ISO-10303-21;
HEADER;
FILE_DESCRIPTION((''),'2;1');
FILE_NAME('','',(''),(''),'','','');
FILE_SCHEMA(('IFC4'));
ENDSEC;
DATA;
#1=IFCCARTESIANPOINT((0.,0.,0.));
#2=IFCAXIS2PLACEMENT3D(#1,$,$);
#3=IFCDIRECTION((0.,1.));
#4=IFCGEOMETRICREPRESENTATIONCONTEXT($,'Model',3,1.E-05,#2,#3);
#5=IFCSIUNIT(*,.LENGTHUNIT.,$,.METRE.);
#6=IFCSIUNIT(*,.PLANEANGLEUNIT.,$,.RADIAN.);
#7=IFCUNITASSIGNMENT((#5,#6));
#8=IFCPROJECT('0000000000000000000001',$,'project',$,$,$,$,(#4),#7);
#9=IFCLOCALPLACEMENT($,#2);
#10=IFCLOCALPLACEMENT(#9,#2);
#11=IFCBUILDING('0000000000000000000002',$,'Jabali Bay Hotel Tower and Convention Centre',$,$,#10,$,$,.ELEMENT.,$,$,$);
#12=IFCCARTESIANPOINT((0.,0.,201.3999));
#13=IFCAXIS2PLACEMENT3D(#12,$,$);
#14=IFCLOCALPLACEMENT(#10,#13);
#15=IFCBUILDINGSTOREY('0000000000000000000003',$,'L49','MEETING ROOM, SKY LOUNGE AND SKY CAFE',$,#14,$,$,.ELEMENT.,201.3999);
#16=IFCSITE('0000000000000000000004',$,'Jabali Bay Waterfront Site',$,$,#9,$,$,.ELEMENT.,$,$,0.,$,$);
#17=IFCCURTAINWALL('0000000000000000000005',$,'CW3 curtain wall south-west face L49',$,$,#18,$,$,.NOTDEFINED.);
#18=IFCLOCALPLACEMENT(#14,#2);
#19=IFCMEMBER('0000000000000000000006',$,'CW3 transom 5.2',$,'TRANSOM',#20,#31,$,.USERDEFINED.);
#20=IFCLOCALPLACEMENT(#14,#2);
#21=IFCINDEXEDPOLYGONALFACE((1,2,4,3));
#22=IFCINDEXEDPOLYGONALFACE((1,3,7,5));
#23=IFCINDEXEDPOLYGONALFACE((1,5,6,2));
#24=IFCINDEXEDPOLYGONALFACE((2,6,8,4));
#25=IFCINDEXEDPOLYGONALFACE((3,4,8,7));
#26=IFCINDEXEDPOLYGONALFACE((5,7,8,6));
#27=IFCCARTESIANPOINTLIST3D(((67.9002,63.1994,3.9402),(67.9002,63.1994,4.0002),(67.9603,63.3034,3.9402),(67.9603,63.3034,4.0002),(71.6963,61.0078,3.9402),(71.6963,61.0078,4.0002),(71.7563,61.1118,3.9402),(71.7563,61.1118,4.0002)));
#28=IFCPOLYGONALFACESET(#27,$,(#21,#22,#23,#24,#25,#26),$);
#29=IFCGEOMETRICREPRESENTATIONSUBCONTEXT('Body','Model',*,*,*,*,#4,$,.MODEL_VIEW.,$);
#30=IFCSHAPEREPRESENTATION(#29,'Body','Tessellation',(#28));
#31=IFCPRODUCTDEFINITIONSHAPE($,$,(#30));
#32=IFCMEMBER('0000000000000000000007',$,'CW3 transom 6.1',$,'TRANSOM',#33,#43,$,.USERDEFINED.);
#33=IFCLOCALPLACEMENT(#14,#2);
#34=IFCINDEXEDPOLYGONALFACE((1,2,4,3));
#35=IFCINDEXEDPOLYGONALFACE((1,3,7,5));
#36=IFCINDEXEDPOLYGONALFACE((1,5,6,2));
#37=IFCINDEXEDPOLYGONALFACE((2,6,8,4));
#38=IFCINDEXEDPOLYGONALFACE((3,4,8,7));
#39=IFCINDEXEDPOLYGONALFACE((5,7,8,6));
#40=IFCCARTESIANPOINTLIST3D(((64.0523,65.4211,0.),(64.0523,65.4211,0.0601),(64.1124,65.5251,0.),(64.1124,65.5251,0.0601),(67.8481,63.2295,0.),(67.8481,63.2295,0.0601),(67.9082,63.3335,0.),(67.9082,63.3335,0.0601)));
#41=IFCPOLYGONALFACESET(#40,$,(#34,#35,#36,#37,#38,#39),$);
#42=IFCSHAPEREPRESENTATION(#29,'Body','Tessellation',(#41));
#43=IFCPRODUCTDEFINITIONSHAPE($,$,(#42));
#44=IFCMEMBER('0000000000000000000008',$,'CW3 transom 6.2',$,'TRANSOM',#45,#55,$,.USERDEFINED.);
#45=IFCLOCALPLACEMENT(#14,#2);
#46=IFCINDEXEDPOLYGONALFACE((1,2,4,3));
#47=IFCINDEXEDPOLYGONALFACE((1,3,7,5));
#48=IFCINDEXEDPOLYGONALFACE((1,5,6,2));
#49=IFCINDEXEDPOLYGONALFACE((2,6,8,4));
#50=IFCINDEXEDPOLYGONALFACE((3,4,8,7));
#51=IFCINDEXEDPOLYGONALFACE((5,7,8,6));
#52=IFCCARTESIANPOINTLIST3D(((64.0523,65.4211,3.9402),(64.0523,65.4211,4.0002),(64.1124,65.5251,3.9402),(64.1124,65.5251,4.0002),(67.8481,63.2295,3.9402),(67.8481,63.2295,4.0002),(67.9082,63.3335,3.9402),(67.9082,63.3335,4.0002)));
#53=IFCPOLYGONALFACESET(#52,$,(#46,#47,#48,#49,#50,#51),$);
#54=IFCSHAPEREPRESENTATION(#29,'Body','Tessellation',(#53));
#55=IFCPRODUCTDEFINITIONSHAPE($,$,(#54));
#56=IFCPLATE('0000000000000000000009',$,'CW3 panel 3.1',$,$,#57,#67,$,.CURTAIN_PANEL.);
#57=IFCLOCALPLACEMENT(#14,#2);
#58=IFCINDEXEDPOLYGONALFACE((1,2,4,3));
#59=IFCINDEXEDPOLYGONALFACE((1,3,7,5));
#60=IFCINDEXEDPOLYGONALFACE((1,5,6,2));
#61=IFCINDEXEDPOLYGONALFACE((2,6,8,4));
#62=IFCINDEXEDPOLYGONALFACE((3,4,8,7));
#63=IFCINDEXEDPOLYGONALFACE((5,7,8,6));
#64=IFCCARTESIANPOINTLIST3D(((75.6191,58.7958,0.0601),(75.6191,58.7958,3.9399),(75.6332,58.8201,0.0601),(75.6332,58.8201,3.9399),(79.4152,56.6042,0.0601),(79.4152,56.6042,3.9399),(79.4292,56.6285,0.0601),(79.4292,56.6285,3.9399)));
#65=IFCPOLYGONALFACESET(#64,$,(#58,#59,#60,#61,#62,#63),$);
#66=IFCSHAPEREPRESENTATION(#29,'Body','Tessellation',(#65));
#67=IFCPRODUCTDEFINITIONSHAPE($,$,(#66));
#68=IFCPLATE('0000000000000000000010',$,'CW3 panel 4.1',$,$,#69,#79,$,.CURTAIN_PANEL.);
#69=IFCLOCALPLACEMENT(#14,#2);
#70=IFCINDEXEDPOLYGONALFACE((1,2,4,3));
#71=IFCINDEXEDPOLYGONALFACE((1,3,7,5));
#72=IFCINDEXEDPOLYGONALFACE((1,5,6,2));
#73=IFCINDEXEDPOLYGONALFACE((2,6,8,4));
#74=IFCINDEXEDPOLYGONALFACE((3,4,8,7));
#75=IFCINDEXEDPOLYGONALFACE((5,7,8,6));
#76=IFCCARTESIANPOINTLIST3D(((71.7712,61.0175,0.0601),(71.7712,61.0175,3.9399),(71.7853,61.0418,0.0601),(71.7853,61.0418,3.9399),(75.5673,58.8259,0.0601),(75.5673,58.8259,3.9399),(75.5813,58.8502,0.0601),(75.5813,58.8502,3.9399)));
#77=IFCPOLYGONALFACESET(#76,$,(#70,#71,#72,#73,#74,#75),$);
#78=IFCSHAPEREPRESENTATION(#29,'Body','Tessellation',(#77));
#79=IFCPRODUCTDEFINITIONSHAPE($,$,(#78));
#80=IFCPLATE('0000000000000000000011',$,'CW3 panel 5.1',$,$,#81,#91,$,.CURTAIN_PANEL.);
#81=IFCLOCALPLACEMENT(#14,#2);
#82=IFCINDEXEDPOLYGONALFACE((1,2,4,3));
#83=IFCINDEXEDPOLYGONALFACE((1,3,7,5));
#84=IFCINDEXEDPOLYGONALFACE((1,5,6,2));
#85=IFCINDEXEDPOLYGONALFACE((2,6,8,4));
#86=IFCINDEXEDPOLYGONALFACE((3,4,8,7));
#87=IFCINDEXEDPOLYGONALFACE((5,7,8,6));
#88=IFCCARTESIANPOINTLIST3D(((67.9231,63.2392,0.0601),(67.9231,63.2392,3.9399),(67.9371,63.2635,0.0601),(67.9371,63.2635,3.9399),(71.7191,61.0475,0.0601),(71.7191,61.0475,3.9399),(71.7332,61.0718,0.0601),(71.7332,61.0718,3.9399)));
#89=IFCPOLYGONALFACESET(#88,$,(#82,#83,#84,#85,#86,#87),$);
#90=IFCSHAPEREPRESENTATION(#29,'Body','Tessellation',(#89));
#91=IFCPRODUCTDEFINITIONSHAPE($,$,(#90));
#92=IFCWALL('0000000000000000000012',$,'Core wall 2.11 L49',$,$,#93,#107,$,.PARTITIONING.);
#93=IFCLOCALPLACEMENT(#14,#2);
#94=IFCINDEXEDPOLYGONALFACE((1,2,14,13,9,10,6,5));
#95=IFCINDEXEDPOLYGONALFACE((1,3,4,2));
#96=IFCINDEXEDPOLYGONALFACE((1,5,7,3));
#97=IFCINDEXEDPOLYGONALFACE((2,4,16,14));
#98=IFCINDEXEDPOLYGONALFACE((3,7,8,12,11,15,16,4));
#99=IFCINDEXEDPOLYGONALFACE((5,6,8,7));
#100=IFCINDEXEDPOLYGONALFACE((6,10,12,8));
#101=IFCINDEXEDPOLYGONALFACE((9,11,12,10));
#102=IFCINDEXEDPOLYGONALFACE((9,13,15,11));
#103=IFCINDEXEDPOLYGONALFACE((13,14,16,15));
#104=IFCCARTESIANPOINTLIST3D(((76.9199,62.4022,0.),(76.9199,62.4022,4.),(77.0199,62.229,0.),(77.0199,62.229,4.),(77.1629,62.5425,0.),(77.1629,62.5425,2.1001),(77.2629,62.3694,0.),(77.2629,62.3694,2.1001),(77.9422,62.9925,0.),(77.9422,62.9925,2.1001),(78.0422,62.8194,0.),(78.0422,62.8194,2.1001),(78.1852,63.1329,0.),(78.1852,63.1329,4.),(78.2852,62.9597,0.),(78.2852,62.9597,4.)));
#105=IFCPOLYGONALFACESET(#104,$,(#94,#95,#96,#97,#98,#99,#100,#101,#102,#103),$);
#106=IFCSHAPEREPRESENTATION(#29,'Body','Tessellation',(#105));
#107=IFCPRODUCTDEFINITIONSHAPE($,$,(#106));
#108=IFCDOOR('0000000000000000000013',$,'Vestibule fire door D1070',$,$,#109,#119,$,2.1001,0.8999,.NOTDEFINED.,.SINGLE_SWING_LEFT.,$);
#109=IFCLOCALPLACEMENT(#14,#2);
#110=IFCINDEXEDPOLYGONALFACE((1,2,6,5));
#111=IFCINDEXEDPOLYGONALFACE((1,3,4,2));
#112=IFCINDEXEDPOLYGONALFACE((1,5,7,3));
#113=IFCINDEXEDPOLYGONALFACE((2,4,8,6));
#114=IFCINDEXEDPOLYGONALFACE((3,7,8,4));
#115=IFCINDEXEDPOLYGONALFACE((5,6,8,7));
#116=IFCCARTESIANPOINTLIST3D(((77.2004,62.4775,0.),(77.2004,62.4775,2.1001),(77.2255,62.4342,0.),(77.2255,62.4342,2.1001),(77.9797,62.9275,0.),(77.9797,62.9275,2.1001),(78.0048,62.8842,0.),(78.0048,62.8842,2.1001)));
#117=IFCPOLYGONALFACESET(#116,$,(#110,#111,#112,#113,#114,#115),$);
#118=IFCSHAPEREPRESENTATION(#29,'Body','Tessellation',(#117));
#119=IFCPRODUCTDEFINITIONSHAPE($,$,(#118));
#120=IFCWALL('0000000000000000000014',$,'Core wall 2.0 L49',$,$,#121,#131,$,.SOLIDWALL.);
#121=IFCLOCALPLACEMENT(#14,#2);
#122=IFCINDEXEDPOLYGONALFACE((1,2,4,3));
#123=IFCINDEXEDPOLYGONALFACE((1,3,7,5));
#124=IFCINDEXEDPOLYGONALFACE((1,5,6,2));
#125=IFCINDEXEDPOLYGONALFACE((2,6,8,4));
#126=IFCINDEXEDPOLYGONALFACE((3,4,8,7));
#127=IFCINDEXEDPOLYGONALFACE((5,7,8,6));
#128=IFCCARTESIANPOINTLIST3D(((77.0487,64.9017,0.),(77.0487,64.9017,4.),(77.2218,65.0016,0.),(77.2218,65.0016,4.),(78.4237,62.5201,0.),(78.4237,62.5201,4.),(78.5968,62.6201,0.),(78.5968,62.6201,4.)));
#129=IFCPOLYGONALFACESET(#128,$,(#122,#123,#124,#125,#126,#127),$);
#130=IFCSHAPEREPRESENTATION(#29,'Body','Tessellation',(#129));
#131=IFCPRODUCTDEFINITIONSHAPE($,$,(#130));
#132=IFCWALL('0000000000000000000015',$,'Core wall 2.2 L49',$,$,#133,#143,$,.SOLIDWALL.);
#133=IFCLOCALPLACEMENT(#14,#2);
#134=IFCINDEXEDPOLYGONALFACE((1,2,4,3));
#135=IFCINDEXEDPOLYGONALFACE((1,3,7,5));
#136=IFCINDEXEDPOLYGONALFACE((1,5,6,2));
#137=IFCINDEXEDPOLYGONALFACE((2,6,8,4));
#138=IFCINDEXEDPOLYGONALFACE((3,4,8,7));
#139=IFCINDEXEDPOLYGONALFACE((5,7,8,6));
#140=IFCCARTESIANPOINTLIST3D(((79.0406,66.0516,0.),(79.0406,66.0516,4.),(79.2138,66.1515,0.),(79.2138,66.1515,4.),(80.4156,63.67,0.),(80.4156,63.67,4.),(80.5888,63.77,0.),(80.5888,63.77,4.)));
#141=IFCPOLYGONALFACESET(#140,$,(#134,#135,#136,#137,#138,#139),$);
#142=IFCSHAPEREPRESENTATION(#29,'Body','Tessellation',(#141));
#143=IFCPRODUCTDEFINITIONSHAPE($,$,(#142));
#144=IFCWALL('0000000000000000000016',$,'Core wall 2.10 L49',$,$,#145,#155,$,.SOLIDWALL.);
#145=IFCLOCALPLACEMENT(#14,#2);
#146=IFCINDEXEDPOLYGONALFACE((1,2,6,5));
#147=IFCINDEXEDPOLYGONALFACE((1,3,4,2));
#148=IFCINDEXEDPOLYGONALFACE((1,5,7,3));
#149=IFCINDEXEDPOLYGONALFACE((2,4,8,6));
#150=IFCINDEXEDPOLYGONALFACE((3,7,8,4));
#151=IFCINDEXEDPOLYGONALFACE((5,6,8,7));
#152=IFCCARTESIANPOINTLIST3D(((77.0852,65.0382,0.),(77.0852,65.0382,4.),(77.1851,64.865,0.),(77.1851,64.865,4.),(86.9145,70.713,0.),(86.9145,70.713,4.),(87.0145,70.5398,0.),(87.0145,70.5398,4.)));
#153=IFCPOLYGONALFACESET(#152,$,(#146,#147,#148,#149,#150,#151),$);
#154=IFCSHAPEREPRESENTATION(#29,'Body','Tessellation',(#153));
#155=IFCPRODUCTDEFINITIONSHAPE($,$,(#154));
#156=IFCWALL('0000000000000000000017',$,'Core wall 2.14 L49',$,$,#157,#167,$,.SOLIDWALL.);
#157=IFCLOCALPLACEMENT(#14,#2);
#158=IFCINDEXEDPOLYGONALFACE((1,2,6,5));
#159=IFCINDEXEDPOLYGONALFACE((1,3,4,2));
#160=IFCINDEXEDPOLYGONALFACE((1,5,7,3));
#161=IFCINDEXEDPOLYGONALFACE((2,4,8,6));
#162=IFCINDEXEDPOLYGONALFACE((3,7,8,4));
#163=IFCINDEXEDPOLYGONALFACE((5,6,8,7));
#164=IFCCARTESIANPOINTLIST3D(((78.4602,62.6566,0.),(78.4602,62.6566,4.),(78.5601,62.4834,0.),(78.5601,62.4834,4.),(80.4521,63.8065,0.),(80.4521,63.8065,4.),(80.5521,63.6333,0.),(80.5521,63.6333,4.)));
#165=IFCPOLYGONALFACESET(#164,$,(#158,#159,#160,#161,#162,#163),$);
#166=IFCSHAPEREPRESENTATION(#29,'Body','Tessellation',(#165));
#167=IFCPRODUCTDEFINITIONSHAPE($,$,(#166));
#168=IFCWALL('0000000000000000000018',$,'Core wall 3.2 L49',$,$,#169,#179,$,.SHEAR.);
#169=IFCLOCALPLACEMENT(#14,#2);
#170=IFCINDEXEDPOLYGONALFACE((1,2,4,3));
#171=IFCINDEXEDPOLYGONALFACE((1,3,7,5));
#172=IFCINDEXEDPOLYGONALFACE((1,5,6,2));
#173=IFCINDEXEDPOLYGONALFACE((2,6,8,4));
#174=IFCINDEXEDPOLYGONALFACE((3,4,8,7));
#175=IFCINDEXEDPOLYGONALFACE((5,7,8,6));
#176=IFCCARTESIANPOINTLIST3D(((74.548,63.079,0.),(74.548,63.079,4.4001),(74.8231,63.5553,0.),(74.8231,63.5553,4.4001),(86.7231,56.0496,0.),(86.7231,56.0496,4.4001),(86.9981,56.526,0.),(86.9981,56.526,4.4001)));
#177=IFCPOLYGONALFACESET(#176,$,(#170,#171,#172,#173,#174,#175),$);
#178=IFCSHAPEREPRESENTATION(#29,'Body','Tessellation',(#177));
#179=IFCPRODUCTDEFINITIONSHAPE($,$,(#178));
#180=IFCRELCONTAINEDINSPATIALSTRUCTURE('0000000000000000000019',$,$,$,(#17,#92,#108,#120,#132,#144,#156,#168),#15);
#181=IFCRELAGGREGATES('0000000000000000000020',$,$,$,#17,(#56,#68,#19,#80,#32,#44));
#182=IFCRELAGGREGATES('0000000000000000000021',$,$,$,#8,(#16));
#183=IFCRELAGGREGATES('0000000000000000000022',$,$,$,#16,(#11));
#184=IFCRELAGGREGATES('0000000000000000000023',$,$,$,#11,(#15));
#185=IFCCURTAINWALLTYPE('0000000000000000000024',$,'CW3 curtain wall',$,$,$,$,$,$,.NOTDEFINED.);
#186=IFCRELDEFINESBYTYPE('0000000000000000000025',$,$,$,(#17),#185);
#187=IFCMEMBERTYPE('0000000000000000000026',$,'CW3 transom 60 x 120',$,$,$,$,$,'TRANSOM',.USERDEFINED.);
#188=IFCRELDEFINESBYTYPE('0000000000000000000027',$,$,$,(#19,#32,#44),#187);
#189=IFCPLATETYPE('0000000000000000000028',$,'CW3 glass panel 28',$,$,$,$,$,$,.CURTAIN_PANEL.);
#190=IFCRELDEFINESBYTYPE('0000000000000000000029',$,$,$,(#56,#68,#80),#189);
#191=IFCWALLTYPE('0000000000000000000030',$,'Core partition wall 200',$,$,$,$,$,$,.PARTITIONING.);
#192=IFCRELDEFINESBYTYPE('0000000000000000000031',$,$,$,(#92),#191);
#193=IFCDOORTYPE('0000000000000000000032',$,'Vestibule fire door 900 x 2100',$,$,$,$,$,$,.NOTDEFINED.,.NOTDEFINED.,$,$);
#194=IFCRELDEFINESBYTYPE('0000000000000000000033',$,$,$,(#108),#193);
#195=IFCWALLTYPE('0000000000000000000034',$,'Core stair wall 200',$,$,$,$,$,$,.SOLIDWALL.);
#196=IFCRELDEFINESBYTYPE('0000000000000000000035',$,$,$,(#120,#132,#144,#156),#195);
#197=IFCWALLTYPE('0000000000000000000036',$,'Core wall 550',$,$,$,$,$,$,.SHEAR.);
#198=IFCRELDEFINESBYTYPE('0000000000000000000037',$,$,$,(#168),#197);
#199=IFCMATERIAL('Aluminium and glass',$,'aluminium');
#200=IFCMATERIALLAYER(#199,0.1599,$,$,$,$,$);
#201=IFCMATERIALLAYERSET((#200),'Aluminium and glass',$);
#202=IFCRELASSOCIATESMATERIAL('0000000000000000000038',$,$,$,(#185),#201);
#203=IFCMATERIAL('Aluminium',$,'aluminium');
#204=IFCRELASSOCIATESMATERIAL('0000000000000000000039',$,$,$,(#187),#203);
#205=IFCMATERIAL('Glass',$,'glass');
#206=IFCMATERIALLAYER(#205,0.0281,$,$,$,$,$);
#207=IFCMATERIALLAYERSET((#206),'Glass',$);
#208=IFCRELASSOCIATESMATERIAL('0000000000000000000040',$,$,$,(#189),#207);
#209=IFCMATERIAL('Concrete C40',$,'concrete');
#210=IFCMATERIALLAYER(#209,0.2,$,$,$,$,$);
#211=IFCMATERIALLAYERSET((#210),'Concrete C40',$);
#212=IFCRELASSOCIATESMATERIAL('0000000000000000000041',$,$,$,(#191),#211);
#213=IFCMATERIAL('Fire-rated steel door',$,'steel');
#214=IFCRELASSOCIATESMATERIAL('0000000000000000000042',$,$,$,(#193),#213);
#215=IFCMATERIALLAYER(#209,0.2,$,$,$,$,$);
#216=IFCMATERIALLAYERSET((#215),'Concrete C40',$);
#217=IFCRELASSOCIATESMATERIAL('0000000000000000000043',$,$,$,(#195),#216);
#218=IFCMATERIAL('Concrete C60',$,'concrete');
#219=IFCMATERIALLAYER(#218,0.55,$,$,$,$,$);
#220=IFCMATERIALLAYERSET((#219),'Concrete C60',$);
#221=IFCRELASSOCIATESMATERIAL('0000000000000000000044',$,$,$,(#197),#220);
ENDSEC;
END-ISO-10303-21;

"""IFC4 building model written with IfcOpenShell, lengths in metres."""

from ifc_helpers import new_model, si_unit, direction, frame, frame_2d, origin, origin_2d, place, context, subcontext, project, spatial, rectangle, extrude, material, layer, layer_set, material_profile, profile_set, type_object, element, fill, aggregate, save


model = new_model("IFC4")

# Units and contexts
model_context = context("Model", 3, precision=1e-05, world=origin(), true_north=direction((0.0, 1.0)))
body_context = subcontext(model_context, "Body", "Model", "MODEL_VIEW")
ifc_project = project(units=[si_unit("LENGTHUNIT", "METRE"), si_unit("PLANEANGLEUNIT", "RADIAN")], contexts=[model_context])

# Site, building, storey
site_placement = place(None, origin())
site = spatial("IfcSite", under=ifc_project, at=site_placement, Name="Jabali Bay Waterfront Site", CompositionType="ELEMENT", RefElevation=0.0)
building_placement = place(site_placement, origin())
building = spatial("IfcBuilding", under=site, at=building_placement, Name="Jabali Bay Hotel Tower and Convention Centre", CompositionType="ELEMENT")
storey_placement = place(building_placement, frame((0.0, 0.0, 201.3999)))
storey = spatial("IfcBuildingStorey", under=building, at=storey_placement, Name="L49", Description="MEETING ROOM, SKY LOUNGE AND SKY CAFE", CompositionType="ELEMENT", Elevation=201.3999)

# Shared definitions
ifc_material_1 = material(Name="Concrete C60", Category="concrete")

# Curtain wall, members, plates
ifc_material_2 = material(Name="Aluminium and glass", Category="aluminium")
ifc_layer_1 = layer(ifc_material_2, 0.1599)
ifc_layer_set_1 = layer_set([ifc_layer_1], Name="Aluminium and glass")
curtain_wall_type = type_object("IfcCurtainWallType", Name="CW3 curtain wall", PredefinedType="NOTDEFINED", material=ifc_layer_set_1)
curtain_wall_placement = place(storey_placement, origin())
curtain_wall = element("IfcCurtainWall", 1, at=curtain_wall_placement, inside=storey, type_object=curtain_wall_type, Name="CW3 curtain wall south-west face L49", PredefinedType="NOTDEFINED")
ifc_material_3 = material(Name="Aluminium", Category="aluminium")
ifc_material_profile_1 = material_profile(ifc_material_3, rectangle(XDim=0.1201, YDim=0.0601, at=origin_2d()), Name="CW3 transom 60 x 120")
ifc_profile_set_1 = profile_set([ifc_material_profile_1], Name="Aluminium")
member_type_1 = type_object("IfcMemberType", Name="CW3 transom 60 x 120", ElementType="TRANSOM", PredefinedType="USERDEFINED", material=ifc_profile_set_1)
member_1_placement = place(storey_placement, frame((71.7263, 61.0598, 3.9702), z_axis=(-0.866031, 0.499991, 0.0), x_axis=(-0.499991, -0.866031, 0.0)))
member_1 = element("IfcMember", 2, at=member_1_placement, type_object=member_type_1, Name="CW3 transom 5.2", ObjectType="TRANSOM", PredefinedType="USERDEFINED", context=body_context, shape_type="SweptSolid", body=[
    extrude(rectangle(XDim=0.1201, YDim=0.0601, at=origin_2d()), origin(), (0.0, 0.0, 1.0), 4.3833),
])
member_2_placement = place(storey_placement, frame((67.8782, 63.2815, 0.03), z_axis=(-0.866017, 0.500015, 0.0), x_axis=(-0.500015, -0.866017, 0.0)))
member_2 = element("IfcMember", 3, at=member_2_placement, type_object=member_type_1, Name="CW3 transom 6.1", ObjectType="TRANSOM", PredefinedType="USERDEFINED", context=body_context, shape_type="SweptSolid", body=[
    extrude(rectangle(XDim=0.1201, YDim=0.0601, at=origin_2d()), origin(), (0.0, 0.0, 1.0), 4.3831),
])
member_3_placement = place(storey_placement, frame((67.8782, 63.2815, 3.9702), z_axis=(-0.866017, 0.500015, 0.0), x_axis=(-0.500015, -0.866017, 0.0)))
member_3 = element("IfcMember", 4, at=member_3_placement, type_object=member_type_1, Name="CW3 transom 6.2", ObjectType="TRANSOM", PredefinedType="USERDEFINED", context=body_context, shape_type="SweptSolid", body=[
    extrude(rectangle(XDim=0.1201, YDim=0.0601, at=origin_2d()), origin(), (0.0, 0.0, 1.0), 4.3831),
])
ifc_material_4 = material(Name="Glass", Category="glass")
ifc_layer_2 = layer(ifc_material_4, 0.0281)
ifc_layer_set_2 = layer_set([ifc_layer_2], Name="Glass")
plate_type = type_object("IfcPlateType", Name="CW3 glass panel 28", PredefinedType="CURTAIN_PANEL", material=ifc_layer_set_2)
plate_1_placement = place(storey_placement, frame((77.5242, 57.7122, 0.0601), z_axis=(0.0, 0.0, 1.0), x_axis=(-0.866025, 0.5, 0.0)))
plate_1 = element("IfcPlate", 5, at=plate_1_placement, type_object=plate_type, Name="CW3 panel 3.1", PredefinedType="CURTAIN_PANEL", context=body_context, shape_type="SweptSolid", body=[
    extrude(rectangle(XDim=4.3833, YDim=0.0281, at=origin_2d()), origin(), (0.0, 0.0, 1.0), 3.8799),
])
plate_2_placement = place(storey_placement, frame((73.6763, 59.9338, 0.0601), z_axis=(0.0, 0.0, 1.0), x_axis=(-0.866025, 0.5, 0.0)))
plate_2 = element("IfcPlate", 6, at=plate_2_placement, type_object=plate_type, Name="CW3 panel 4.1", PredefinedType="CURTAIN_PANEL", context=body_context, shape_type="SweptSolid", body=[
    extrude(rectangle(XDim=4.3833, YDim=0.0281, at=origin_2d()), origin(), (0.0, 0.0, 1.0), 3.8799),
])
plate_3_placement = place(storey_placement, frame((69.8281, 62.1555, 0.0601), z_axis=(0.0, 0.0, 1.0), x_axis=(-0.866025, 0.5, 0.0)))
plate_3 = element("IfcPlate", 7, at=plate_3_placement, type_object=plate_type, Name="CW3 panel 5.1", PredefinedType="CURTAIN_PANEL", context=body_context, shape_type="SweptSolid", body=[
    extrude(rectangle(XDim=4.3833, YDim=0.0281, at=origin_2d()), origin(), (0.0, 0.0, 1.0), 3.8799),
])
aggregate(curtain_wall, [plate_1, plate_2, member_1, plate_3, member_2, member_3])

# Wall, opening, door
ifc_material_5 = material(Name="Concrete C40", Category="concrete")
ifc_layer_3 = layer(ifc_material_5, 0.2)
ifc_layer_set_3 = layer_set([ifc_layer_3], Name="Concrete C40")
wall_type_1 = type_object("IfcWallType", Name="Core partition wall 200", PredefinedType="PARTITIONING", material=ifc_layer_set_3)
wall_1_placement = place(storey_placement, frame((76.97, 62.3157, 0.0), z_axis=(0.0, 0.0, 1.0), x_axis=(0.865982, 0.500074, 0.0)))
wall_1 = element("IfcWall", 8, at=wall_1_placement, inside=storey, type_object=wall_type_1, Name="Core wall 2.11 L49", PredefinedType="PARTITIONING", context=body_context, shape_type="SweptSolid", body=[
    extrude(rectangle(XDim=1.4612, YDim=0.2, at=frame_2d((0.7305, 0.0))), origin(), (0.0, 0.0, 1.0), 4.0),
])
opening_1_placement = place(wall_1_placement, frame((0.2805, 0.0, 0.0)))
opening_1 = element("IfcOpeningElement", 9, at=opening_1_placement, cuts=wall_1, PredefinedType="OPENING", context=body_context, shape_type="SweptSolid", body=[
    extrude(rectangle(XDim=0.8999, YDim=2.1001, at=frame_2d((0.45, 1.05))), frame((0.0, 0.1104, 0.0), z_axis=(0.0, -1.0, 0.0), x_axis=(1.0, 0.0, 0.0)), (0.0, 0.0, 1.0), 0.2209),
])
ifc_material_6 = material(Name="Fire-rated steel door", Category="steel")
door_type_1 = type_object("IfcDoorType", Name="Vestibule fire door 900 x 2100", OperationType="NOTDEFINED", PredefinedType="NOTDEFINED", material=ifc_material_6)
door_1_placement = place(opening_1_placement, origin())
door_1 = element("IfcDoor", 10, at=door_1_placement, inside=storey, type_object=door_type_1, Name="Vestibule fire door D1070", OperationType="SINGLE_SWING_LEFT", OverallHeight=2.1001, OverallWidth=0.8999, PredefinedType="NOTDEFINED", context=body_context, shape_type="SweptSolid", body=[
    extrude(rectangle(XDim=0.8999, YDim=2.1001, at=frame_2d((0.45, 1.05))), frame((0.0, 0.0249, 0.0), z_axis=(0.0, -1.0, 0.0), x_axis=(1.0, 0.0, 0.0)), (0.0, 0.0, 1.0), 0.05),
])
fill(opening_1, door_1)

# Walls
ifc_layer_4 = layer(ifc_material_5, 0.2)
ifc_layer_set_4 = layer_set([ifc_layer_4], Name="Concrete C40")
wall_type_2 = type_object("IfcWallType", Name="Core stair wall 200", PredefinedType="SOLIDWALL", material=ifc_layer_set_4)
for number, where, z_axis, x_axis, name in (
    (11, (77.1353, 64.9517, 0.0), (0.0, 0.0, 1.0), (0.499997, -0.866027, 0.0), "Core wall 2.0 L49"),
    (12, (79.1272, 66.1016, 0.0), (0.0, 0.0, 1.0), (0.499997, -0.866027, 0.0), "Core wall 2.2 L49"),
):
    element("IfcWall", number, at=place(storey_placement, frame(where, z_axis=z_axis, x_axis=x_axis)), inside=storey, type_object=wall_type_2, Name=name, PredefinedType="SOLIDWALL", context=body_context, shape_type="SweptSolid", body=[
        extrude(rectangle(XDim=2.75, YDim=0.2, at=frame_2d((1.375, 0.0))), origin(), (0.0, 0.0, 1.0), 4.0),
    ])
wall_2_placement = place(storey_placement, frame((77.1353, 64.9517, 0.0), z_axis=(0.0, 0.0, 1.0), x_axis=(0.866032, 0.499989, 0.0)))
element("IfcWall", 13, at=wall_2_placement, inside=storey, type_object=wall_type_2, Name="Core wall 2.10 L49", PredefinedType="SOLIDWALL", context=body_context, shape_type="SweptSolid", body=[
    extrude(rectangle(XDim=11.3499, YDim=0.2, at=frame_2d((5.6748, 0.0))), origin(), (0.0, 0.0, 1.0), 4.0),
])
wall_3_placement = place(storey_placement, frame((78.5103, 62.5701, 0.0), z_axis=(0.0, 0.0, 1.0), x_axis=(0.866053, 0.499952, 0.0)))
element("IfcWall", 14, at=wall_3_placement, inside=storey, type_object=wall_type_2, Name="Core wall 2.14 L49", PredefinedType="SOLIDWALL", context=body_context, shape_type="SweptSolid", body=[
    extrude(rectangle(XDim=2.3, YDim=0.2, at=frame_2d((1.1499, 0.0))), origin(), (0.0, 0.0, 1.0), 4.0),
])
ifc_layer_5 = layer(ifc_material_1, 0.55)
ifc_layer_set_5 = layer_set([ifc_layer_5], Name="Concrete C60")
wall_type_3 = type_object("IfcWallType", Name="Core wall 550", PredefinedType="SHEAR", material=ifc_layer_set_5)
wall_4_placement = place(storey_placement, frame((74.6855, 63.3171, 0.0), z_axis=(0.0, 0.0, 1.0), x_axis=(0.866025, -0.500002, 0.0)))
element("IfcWall", 15, at=wall_4_placement, inside=storey, type_object=wall_type_3, Name="Core wall 3.2 L49", PredefinedType="SHEAR", context=body_context, shape_type="SweptSolid", body=[
    extrude(rectangle(XDim=14.0586, YDim=0.55, at=frame_2d((7.0293, 0.0))), origin(), (0.0, 0.0, 1.0), 4.4001),
])

save(model, "model.ifc")
